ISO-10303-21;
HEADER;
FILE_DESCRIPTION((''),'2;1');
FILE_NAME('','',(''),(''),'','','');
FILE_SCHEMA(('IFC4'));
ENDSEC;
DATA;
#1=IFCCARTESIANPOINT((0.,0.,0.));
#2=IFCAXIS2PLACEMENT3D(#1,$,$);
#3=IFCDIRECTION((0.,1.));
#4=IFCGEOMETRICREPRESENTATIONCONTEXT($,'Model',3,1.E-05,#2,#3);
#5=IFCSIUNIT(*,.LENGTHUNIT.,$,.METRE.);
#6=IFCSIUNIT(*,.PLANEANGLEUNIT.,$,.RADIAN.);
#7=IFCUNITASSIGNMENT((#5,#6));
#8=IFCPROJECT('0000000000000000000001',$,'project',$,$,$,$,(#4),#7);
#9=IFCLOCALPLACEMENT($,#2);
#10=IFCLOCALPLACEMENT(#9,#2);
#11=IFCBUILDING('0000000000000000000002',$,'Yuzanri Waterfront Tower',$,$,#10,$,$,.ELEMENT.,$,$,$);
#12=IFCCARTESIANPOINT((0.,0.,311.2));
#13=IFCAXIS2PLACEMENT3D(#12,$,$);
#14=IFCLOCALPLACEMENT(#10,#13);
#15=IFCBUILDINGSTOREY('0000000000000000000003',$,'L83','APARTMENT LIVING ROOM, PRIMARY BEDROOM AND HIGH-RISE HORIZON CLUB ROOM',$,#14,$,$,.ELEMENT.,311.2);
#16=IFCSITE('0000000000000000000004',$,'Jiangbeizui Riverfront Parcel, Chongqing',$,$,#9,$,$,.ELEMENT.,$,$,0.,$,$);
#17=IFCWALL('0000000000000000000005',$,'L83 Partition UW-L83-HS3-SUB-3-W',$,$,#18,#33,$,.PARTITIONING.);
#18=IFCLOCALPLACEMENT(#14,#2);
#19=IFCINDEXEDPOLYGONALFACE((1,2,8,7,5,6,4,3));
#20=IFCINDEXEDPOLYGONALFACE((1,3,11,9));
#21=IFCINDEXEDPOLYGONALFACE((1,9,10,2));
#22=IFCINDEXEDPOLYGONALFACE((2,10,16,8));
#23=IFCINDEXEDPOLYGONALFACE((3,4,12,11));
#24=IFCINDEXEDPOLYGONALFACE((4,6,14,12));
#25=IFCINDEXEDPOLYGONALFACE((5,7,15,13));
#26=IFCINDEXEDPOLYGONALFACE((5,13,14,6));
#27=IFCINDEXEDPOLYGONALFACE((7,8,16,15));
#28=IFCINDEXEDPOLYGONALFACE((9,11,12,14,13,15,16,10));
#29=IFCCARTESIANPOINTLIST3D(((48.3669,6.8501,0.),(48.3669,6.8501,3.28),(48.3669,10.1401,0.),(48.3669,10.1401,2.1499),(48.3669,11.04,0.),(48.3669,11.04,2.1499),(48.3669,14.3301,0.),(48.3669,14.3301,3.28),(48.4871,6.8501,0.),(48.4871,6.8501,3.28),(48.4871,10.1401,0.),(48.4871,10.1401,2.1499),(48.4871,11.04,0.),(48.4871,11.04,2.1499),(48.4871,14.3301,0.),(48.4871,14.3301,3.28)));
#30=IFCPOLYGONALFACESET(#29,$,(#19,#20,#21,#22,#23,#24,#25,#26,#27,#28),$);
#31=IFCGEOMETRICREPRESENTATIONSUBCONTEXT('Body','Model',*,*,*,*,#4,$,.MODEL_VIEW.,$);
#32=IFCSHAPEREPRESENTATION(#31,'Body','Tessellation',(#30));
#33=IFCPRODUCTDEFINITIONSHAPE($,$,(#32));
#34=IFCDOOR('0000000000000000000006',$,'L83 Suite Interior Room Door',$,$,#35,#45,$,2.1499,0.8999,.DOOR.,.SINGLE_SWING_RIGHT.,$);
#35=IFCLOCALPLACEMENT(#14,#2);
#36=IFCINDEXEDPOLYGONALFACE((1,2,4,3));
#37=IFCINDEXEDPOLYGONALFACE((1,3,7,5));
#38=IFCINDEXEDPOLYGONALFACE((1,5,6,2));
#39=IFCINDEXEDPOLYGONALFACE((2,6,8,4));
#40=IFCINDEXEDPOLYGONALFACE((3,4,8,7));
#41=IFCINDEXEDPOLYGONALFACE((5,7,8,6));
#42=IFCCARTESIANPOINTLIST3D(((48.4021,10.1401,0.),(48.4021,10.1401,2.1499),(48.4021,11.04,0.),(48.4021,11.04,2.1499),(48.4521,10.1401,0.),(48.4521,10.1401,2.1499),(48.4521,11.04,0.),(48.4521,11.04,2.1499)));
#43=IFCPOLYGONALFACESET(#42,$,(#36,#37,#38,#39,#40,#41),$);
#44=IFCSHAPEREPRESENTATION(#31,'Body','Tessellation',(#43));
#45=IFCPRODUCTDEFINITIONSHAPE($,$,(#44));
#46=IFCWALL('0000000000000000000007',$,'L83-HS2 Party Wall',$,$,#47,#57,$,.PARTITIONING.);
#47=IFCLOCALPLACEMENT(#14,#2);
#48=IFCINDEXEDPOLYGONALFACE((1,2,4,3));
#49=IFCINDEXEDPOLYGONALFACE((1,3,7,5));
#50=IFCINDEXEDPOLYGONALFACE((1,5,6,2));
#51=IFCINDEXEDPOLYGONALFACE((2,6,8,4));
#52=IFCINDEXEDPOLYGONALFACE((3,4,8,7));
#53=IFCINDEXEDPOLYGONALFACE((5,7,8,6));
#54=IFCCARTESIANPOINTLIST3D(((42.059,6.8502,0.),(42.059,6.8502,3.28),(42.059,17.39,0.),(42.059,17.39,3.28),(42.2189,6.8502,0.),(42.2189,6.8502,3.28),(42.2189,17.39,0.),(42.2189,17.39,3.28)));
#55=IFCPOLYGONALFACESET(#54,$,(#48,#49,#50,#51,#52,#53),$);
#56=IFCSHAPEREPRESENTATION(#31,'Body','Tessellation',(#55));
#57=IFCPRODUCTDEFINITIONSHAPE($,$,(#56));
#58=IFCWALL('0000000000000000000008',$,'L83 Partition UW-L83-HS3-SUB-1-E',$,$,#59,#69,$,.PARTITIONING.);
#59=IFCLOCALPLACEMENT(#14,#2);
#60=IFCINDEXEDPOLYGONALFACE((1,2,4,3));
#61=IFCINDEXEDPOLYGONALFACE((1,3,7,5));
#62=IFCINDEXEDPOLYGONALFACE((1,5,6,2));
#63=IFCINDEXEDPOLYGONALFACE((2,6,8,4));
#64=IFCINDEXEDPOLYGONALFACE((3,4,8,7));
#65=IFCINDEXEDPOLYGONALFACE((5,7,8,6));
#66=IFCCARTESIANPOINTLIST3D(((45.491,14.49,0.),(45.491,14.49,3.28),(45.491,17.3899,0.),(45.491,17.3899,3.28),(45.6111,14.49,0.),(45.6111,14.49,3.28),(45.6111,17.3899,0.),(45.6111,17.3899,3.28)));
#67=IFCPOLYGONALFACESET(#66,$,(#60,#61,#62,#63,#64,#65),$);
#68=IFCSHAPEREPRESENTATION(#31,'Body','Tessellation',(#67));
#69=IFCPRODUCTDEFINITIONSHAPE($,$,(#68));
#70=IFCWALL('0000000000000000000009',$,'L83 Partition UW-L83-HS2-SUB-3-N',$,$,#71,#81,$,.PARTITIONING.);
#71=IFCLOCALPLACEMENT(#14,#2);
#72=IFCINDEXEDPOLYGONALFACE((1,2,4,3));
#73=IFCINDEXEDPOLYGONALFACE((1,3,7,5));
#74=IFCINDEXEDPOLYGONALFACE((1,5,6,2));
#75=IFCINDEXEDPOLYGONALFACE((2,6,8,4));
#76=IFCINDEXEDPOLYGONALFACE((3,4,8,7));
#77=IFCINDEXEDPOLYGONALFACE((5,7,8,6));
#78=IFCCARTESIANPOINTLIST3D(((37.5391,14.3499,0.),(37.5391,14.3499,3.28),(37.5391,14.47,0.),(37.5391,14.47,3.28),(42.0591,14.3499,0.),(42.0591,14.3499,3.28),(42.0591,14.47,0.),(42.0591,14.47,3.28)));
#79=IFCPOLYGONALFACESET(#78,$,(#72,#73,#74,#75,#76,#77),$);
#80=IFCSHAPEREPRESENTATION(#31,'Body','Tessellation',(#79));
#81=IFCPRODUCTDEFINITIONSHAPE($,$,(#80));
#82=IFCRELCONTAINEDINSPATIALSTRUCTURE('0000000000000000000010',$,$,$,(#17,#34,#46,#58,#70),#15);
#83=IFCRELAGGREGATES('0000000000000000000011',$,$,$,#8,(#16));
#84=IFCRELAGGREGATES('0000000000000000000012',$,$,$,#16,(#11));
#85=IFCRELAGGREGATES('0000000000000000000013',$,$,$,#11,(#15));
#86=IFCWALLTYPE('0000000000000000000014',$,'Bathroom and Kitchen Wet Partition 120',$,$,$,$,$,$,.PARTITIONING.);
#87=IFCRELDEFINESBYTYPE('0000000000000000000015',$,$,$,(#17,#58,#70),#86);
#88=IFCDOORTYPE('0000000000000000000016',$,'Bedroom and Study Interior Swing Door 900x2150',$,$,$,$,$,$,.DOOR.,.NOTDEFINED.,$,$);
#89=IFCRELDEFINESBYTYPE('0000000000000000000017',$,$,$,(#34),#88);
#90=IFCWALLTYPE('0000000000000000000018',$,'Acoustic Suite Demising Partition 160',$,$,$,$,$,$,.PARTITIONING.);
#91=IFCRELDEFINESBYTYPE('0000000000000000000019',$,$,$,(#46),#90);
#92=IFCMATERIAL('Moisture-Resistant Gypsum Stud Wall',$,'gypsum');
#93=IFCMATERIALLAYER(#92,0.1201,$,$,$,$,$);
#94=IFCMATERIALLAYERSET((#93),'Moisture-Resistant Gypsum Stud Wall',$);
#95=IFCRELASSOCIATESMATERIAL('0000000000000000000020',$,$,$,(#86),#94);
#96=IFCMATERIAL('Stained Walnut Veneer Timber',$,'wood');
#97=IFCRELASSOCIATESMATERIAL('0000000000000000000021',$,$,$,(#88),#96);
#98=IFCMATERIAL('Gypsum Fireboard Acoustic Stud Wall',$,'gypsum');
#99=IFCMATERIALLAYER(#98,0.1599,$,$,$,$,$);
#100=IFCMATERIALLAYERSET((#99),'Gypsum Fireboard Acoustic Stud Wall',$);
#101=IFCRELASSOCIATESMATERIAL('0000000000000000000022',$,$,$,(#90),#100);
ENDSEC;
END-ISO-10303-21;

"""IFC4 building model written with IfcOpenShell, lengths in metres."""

from ifc_helpers import new_model, si_unit, direction, frame, frame_2d, origin, place, context, subcontext, project, spatial, rectangle, extrude, source, transform, mapped, material, layer, layer_set, type_object, element, fill, save


model = new_model("IFC4")

# Units and contexts
model_context = context("Model", 3, precision=1e-05, world=origin(), true_north=direction((0.0, 1.0)))
body_context = subcontext(model_context, "Body", "Model", "MODEL_VIEW")
ifc_project = project(units=[si_unit("LENGTHUNIT", "METRE"), si_unit("PLANEANGLEUNIT", "RADIAN")], contexts=[model_context])

# Site, building, storey
site_placement = place(None, origin())
site = spatial("IfcSite", under=ifc_project, at=site_placement, Name="Jiangbeizui Riverfront Parcel, Chongqing", CompositionType="ELEMENT", RefElevation=0.0)
building_placement = place(site_placement, origin())
building = spatial("IfcBuilding", under=site, at=building_placement, Name="Yuzanri Waterfront Tower", CompositionType="ELEMENT")
storey_placement = place(building_placement, frame((0.0, 0.0, 311.2)))
storey = spatial("IfcBuildingStorey", under=building, at=storey_placement, Name="L83", Description="APARTMENT LIVING ROOM, PRIMARY BEDROOM AND HIGH-RISE HORIZON CLUB ROOM", CompositionType="ELEMENT", Elevation=311.2)

# Wall, opening, door
ifc_material_1 = material(Name="Moisture-Resistant Gypsum Stud Wall", Category="gypsum")
ifc_layer_1 = layer(ifc_material_1, 0.1201)
ifc_layer_set_1 = layer_set([ifc_layer_1], Name="Moisture-Resistant Gypsum Stud Wall")
wall_type_1 = type_object("IfcWallType", Name="Bathroom and Kitchen Wet Partition 120", PredefinedType="PARTITIONING", material=ifc_layer_set_1)
ifc_material_2 = material(Name="Stained Walnut Veneer Timber", Category="wood")
door_type_1 = type_object("IfcDoorType", Name="Bedroom and Study Interior Swing Door 900x2150", OperationType="NOTDEFINED", PredefinedType="DOOR", material=ifc_material_2)
shared_shape_1 = source(origin(), body_context, "Body", "SweptSolid", [
    extrude(rectangle(XDim=0.8999, YDim=2.1499, at=frame_2d((0.45, 1.075))), frame((0.0, 0.0249, 0.0), z_axis=(0.0, -1.0, 0.0), x_axis=(1.0, 0.0, 0.0)), (0.0, 0.0, 1.0), 0.05),
])
wall_1_placement = place(storey_placement, frame((48.427, 6.8501, 0.0), z_axis=(0.0, 0.0, 1.0), x_axis=(0.0, 1.0, 0.0)))
wall_1 = element("IfcWall", 1, at=wall_1_placement, inside=storey, type_object=wall_type_1, Name="L83 Partition UW-L83-HS3-SUB-3-W", PredefinedType="PARTITIONING", context=body_context, shape_type="SweptSolid", body=[
    extrude(rectangle(XDim=7.48, YDim=0.1201, at=frame_2d((3.74, 0.0))), origin(), (0.0, 0.0, 1.0), 3.28),
])
opening_1_placement = place(wall_1_placement, frame((3.29, 0.0, 0.0)))
opening_1 = element("IfcOpeningElement", 2, at=opening_1_placement, cuts=wall_1, PredefinedType="OPENING", context=body_context, shape_type="SweptSolid", body=[
    extrude(rectangle(XDim=0.8999, YDim=2.1499, at=frame_2d((0.45, 1.075))), frame((0.0, 0.075, 0.0), z_axis=(0.0, -1.0, 0.0), x_axis=(1.0, 0.0, 0.0)), (0.0, 0.0, 1.0), 0.1499),
])
door_1_placement = place(opening_1_placement, origin())
door_1 = element("IfcDoor", 3, at=door_1_placement, inside=storey, type_object=door_type_1, Name="L83 Suite Interior Room Door", OperationType="SINGLE_SWING_RIGHT", OverallHeight=2.1499, OverallWidth=0.8999, PredefinedType="DOOR", context=body_context, shape_type="MappedRepresentation", body=[
    mapped(shared_shape_1, transform((0.0, 0.0, 0.0), scale=1.0)),
])
fill(opening_1, door_1)

# Walls
ifc_material_3 = material(Name="Gypsum Fireboard Acoustic Stud Wall", Category="gypsum")
ifc_layer_2 = layer(ifc_material_3, 0.1599)
ifc_layer_set_2 = layer_set([ifc_layer_2], Name="Gypsum Fireboard Acoustic Stud Wall")
wall_type_2 = type_object("IfcWallType", Name="Acoustic Suite Demising Partition 160", PredefinedType="PARTITIONING", material=ifc_layer_set_2)
shared_shape_2 = source(origin(), body_context, "Body", "SweptSolid", [
    extrude(rectangle(XDim=10.5398, YDim=0.1599, at=frame_2d((5.27, 0.0))), origin(), (0.0, 0.0, 1.0), 3.28),
])
wall_2_placement = place(storey_placement, frame((42.1389, 6.8501, 0.0), z_axis=(0.0, 0.0, 1.0), x_axis=(0.0, 1.0, 0.0)))
element("IfcWall", 4, at=wall_2_placement, inside=storey, type_object=wall_type_2, Name="L83-HS2 Party Wall", PredefinedType="PARTITIONING", context=body_context, shape_type="MappedRepresentation", body=[
    mapped(shared_shape_2, transform((0.0, 0.0, 0.0), scale=1.0)),
])
shared_shape_3 = source(origin(), body_context, "Body", "SweptSolid", [
    extrude(rectangle(XDim=2.8999, YDim=0.1201, at=frame_2d((1.45, 0.0))), origin(), (0.0, 0.0, 1.0), 3.28),
])
wall_3_placement = place(storey_placement, frame((45.551, 14.49, 0.0), z_axis=(0.0, 0.0, 1.0), x_axis=(0.0, 1.0, 0.0)))
element("IfcWall", 5, at=wall_3_placement, inside=storey, type_object=wall_type_1, Name="L83 Partition UW-L83-HS3-SUB-1-E", PredefinedType="PARTITIONING", context=body_context, shape_type="MappedRepresentation", body=[
    mapped(shared_shape_3, transform((0.0, 0.0, 0.0), scale=1.0)),
])
shared_shape_4 = source(origin(), body_context, "Body", "SweptSolid", [
    extrude(rectangle(XDim=4.52, YDim=0.1201, at=frame_2d((2.26, 0.0))), origin(), (0.0, 0.0, 1.0), 3.28),
])
wall_4_placement = place(storey_placement, frame((37.5391, 14.4099, 0.0), z_axis=(0.0, 0.0, 1.0), x_axis=(1.0, 0.0, 0.0)))
element("IfcWall", 6, at=wall_4_placement, inside=storey, type_object=wall_type_1, Name="L83 Partition UW-L83-HS2-SUB-3-N", PredefinedType="PARTITIONING", context=body_context, shape_type="MappedRepresentation", body=[
    mapped(shared_shape_4, transform((0.0, 0.0, 0.0), scale=1.0)),
])

save(model, "model.ifc")
